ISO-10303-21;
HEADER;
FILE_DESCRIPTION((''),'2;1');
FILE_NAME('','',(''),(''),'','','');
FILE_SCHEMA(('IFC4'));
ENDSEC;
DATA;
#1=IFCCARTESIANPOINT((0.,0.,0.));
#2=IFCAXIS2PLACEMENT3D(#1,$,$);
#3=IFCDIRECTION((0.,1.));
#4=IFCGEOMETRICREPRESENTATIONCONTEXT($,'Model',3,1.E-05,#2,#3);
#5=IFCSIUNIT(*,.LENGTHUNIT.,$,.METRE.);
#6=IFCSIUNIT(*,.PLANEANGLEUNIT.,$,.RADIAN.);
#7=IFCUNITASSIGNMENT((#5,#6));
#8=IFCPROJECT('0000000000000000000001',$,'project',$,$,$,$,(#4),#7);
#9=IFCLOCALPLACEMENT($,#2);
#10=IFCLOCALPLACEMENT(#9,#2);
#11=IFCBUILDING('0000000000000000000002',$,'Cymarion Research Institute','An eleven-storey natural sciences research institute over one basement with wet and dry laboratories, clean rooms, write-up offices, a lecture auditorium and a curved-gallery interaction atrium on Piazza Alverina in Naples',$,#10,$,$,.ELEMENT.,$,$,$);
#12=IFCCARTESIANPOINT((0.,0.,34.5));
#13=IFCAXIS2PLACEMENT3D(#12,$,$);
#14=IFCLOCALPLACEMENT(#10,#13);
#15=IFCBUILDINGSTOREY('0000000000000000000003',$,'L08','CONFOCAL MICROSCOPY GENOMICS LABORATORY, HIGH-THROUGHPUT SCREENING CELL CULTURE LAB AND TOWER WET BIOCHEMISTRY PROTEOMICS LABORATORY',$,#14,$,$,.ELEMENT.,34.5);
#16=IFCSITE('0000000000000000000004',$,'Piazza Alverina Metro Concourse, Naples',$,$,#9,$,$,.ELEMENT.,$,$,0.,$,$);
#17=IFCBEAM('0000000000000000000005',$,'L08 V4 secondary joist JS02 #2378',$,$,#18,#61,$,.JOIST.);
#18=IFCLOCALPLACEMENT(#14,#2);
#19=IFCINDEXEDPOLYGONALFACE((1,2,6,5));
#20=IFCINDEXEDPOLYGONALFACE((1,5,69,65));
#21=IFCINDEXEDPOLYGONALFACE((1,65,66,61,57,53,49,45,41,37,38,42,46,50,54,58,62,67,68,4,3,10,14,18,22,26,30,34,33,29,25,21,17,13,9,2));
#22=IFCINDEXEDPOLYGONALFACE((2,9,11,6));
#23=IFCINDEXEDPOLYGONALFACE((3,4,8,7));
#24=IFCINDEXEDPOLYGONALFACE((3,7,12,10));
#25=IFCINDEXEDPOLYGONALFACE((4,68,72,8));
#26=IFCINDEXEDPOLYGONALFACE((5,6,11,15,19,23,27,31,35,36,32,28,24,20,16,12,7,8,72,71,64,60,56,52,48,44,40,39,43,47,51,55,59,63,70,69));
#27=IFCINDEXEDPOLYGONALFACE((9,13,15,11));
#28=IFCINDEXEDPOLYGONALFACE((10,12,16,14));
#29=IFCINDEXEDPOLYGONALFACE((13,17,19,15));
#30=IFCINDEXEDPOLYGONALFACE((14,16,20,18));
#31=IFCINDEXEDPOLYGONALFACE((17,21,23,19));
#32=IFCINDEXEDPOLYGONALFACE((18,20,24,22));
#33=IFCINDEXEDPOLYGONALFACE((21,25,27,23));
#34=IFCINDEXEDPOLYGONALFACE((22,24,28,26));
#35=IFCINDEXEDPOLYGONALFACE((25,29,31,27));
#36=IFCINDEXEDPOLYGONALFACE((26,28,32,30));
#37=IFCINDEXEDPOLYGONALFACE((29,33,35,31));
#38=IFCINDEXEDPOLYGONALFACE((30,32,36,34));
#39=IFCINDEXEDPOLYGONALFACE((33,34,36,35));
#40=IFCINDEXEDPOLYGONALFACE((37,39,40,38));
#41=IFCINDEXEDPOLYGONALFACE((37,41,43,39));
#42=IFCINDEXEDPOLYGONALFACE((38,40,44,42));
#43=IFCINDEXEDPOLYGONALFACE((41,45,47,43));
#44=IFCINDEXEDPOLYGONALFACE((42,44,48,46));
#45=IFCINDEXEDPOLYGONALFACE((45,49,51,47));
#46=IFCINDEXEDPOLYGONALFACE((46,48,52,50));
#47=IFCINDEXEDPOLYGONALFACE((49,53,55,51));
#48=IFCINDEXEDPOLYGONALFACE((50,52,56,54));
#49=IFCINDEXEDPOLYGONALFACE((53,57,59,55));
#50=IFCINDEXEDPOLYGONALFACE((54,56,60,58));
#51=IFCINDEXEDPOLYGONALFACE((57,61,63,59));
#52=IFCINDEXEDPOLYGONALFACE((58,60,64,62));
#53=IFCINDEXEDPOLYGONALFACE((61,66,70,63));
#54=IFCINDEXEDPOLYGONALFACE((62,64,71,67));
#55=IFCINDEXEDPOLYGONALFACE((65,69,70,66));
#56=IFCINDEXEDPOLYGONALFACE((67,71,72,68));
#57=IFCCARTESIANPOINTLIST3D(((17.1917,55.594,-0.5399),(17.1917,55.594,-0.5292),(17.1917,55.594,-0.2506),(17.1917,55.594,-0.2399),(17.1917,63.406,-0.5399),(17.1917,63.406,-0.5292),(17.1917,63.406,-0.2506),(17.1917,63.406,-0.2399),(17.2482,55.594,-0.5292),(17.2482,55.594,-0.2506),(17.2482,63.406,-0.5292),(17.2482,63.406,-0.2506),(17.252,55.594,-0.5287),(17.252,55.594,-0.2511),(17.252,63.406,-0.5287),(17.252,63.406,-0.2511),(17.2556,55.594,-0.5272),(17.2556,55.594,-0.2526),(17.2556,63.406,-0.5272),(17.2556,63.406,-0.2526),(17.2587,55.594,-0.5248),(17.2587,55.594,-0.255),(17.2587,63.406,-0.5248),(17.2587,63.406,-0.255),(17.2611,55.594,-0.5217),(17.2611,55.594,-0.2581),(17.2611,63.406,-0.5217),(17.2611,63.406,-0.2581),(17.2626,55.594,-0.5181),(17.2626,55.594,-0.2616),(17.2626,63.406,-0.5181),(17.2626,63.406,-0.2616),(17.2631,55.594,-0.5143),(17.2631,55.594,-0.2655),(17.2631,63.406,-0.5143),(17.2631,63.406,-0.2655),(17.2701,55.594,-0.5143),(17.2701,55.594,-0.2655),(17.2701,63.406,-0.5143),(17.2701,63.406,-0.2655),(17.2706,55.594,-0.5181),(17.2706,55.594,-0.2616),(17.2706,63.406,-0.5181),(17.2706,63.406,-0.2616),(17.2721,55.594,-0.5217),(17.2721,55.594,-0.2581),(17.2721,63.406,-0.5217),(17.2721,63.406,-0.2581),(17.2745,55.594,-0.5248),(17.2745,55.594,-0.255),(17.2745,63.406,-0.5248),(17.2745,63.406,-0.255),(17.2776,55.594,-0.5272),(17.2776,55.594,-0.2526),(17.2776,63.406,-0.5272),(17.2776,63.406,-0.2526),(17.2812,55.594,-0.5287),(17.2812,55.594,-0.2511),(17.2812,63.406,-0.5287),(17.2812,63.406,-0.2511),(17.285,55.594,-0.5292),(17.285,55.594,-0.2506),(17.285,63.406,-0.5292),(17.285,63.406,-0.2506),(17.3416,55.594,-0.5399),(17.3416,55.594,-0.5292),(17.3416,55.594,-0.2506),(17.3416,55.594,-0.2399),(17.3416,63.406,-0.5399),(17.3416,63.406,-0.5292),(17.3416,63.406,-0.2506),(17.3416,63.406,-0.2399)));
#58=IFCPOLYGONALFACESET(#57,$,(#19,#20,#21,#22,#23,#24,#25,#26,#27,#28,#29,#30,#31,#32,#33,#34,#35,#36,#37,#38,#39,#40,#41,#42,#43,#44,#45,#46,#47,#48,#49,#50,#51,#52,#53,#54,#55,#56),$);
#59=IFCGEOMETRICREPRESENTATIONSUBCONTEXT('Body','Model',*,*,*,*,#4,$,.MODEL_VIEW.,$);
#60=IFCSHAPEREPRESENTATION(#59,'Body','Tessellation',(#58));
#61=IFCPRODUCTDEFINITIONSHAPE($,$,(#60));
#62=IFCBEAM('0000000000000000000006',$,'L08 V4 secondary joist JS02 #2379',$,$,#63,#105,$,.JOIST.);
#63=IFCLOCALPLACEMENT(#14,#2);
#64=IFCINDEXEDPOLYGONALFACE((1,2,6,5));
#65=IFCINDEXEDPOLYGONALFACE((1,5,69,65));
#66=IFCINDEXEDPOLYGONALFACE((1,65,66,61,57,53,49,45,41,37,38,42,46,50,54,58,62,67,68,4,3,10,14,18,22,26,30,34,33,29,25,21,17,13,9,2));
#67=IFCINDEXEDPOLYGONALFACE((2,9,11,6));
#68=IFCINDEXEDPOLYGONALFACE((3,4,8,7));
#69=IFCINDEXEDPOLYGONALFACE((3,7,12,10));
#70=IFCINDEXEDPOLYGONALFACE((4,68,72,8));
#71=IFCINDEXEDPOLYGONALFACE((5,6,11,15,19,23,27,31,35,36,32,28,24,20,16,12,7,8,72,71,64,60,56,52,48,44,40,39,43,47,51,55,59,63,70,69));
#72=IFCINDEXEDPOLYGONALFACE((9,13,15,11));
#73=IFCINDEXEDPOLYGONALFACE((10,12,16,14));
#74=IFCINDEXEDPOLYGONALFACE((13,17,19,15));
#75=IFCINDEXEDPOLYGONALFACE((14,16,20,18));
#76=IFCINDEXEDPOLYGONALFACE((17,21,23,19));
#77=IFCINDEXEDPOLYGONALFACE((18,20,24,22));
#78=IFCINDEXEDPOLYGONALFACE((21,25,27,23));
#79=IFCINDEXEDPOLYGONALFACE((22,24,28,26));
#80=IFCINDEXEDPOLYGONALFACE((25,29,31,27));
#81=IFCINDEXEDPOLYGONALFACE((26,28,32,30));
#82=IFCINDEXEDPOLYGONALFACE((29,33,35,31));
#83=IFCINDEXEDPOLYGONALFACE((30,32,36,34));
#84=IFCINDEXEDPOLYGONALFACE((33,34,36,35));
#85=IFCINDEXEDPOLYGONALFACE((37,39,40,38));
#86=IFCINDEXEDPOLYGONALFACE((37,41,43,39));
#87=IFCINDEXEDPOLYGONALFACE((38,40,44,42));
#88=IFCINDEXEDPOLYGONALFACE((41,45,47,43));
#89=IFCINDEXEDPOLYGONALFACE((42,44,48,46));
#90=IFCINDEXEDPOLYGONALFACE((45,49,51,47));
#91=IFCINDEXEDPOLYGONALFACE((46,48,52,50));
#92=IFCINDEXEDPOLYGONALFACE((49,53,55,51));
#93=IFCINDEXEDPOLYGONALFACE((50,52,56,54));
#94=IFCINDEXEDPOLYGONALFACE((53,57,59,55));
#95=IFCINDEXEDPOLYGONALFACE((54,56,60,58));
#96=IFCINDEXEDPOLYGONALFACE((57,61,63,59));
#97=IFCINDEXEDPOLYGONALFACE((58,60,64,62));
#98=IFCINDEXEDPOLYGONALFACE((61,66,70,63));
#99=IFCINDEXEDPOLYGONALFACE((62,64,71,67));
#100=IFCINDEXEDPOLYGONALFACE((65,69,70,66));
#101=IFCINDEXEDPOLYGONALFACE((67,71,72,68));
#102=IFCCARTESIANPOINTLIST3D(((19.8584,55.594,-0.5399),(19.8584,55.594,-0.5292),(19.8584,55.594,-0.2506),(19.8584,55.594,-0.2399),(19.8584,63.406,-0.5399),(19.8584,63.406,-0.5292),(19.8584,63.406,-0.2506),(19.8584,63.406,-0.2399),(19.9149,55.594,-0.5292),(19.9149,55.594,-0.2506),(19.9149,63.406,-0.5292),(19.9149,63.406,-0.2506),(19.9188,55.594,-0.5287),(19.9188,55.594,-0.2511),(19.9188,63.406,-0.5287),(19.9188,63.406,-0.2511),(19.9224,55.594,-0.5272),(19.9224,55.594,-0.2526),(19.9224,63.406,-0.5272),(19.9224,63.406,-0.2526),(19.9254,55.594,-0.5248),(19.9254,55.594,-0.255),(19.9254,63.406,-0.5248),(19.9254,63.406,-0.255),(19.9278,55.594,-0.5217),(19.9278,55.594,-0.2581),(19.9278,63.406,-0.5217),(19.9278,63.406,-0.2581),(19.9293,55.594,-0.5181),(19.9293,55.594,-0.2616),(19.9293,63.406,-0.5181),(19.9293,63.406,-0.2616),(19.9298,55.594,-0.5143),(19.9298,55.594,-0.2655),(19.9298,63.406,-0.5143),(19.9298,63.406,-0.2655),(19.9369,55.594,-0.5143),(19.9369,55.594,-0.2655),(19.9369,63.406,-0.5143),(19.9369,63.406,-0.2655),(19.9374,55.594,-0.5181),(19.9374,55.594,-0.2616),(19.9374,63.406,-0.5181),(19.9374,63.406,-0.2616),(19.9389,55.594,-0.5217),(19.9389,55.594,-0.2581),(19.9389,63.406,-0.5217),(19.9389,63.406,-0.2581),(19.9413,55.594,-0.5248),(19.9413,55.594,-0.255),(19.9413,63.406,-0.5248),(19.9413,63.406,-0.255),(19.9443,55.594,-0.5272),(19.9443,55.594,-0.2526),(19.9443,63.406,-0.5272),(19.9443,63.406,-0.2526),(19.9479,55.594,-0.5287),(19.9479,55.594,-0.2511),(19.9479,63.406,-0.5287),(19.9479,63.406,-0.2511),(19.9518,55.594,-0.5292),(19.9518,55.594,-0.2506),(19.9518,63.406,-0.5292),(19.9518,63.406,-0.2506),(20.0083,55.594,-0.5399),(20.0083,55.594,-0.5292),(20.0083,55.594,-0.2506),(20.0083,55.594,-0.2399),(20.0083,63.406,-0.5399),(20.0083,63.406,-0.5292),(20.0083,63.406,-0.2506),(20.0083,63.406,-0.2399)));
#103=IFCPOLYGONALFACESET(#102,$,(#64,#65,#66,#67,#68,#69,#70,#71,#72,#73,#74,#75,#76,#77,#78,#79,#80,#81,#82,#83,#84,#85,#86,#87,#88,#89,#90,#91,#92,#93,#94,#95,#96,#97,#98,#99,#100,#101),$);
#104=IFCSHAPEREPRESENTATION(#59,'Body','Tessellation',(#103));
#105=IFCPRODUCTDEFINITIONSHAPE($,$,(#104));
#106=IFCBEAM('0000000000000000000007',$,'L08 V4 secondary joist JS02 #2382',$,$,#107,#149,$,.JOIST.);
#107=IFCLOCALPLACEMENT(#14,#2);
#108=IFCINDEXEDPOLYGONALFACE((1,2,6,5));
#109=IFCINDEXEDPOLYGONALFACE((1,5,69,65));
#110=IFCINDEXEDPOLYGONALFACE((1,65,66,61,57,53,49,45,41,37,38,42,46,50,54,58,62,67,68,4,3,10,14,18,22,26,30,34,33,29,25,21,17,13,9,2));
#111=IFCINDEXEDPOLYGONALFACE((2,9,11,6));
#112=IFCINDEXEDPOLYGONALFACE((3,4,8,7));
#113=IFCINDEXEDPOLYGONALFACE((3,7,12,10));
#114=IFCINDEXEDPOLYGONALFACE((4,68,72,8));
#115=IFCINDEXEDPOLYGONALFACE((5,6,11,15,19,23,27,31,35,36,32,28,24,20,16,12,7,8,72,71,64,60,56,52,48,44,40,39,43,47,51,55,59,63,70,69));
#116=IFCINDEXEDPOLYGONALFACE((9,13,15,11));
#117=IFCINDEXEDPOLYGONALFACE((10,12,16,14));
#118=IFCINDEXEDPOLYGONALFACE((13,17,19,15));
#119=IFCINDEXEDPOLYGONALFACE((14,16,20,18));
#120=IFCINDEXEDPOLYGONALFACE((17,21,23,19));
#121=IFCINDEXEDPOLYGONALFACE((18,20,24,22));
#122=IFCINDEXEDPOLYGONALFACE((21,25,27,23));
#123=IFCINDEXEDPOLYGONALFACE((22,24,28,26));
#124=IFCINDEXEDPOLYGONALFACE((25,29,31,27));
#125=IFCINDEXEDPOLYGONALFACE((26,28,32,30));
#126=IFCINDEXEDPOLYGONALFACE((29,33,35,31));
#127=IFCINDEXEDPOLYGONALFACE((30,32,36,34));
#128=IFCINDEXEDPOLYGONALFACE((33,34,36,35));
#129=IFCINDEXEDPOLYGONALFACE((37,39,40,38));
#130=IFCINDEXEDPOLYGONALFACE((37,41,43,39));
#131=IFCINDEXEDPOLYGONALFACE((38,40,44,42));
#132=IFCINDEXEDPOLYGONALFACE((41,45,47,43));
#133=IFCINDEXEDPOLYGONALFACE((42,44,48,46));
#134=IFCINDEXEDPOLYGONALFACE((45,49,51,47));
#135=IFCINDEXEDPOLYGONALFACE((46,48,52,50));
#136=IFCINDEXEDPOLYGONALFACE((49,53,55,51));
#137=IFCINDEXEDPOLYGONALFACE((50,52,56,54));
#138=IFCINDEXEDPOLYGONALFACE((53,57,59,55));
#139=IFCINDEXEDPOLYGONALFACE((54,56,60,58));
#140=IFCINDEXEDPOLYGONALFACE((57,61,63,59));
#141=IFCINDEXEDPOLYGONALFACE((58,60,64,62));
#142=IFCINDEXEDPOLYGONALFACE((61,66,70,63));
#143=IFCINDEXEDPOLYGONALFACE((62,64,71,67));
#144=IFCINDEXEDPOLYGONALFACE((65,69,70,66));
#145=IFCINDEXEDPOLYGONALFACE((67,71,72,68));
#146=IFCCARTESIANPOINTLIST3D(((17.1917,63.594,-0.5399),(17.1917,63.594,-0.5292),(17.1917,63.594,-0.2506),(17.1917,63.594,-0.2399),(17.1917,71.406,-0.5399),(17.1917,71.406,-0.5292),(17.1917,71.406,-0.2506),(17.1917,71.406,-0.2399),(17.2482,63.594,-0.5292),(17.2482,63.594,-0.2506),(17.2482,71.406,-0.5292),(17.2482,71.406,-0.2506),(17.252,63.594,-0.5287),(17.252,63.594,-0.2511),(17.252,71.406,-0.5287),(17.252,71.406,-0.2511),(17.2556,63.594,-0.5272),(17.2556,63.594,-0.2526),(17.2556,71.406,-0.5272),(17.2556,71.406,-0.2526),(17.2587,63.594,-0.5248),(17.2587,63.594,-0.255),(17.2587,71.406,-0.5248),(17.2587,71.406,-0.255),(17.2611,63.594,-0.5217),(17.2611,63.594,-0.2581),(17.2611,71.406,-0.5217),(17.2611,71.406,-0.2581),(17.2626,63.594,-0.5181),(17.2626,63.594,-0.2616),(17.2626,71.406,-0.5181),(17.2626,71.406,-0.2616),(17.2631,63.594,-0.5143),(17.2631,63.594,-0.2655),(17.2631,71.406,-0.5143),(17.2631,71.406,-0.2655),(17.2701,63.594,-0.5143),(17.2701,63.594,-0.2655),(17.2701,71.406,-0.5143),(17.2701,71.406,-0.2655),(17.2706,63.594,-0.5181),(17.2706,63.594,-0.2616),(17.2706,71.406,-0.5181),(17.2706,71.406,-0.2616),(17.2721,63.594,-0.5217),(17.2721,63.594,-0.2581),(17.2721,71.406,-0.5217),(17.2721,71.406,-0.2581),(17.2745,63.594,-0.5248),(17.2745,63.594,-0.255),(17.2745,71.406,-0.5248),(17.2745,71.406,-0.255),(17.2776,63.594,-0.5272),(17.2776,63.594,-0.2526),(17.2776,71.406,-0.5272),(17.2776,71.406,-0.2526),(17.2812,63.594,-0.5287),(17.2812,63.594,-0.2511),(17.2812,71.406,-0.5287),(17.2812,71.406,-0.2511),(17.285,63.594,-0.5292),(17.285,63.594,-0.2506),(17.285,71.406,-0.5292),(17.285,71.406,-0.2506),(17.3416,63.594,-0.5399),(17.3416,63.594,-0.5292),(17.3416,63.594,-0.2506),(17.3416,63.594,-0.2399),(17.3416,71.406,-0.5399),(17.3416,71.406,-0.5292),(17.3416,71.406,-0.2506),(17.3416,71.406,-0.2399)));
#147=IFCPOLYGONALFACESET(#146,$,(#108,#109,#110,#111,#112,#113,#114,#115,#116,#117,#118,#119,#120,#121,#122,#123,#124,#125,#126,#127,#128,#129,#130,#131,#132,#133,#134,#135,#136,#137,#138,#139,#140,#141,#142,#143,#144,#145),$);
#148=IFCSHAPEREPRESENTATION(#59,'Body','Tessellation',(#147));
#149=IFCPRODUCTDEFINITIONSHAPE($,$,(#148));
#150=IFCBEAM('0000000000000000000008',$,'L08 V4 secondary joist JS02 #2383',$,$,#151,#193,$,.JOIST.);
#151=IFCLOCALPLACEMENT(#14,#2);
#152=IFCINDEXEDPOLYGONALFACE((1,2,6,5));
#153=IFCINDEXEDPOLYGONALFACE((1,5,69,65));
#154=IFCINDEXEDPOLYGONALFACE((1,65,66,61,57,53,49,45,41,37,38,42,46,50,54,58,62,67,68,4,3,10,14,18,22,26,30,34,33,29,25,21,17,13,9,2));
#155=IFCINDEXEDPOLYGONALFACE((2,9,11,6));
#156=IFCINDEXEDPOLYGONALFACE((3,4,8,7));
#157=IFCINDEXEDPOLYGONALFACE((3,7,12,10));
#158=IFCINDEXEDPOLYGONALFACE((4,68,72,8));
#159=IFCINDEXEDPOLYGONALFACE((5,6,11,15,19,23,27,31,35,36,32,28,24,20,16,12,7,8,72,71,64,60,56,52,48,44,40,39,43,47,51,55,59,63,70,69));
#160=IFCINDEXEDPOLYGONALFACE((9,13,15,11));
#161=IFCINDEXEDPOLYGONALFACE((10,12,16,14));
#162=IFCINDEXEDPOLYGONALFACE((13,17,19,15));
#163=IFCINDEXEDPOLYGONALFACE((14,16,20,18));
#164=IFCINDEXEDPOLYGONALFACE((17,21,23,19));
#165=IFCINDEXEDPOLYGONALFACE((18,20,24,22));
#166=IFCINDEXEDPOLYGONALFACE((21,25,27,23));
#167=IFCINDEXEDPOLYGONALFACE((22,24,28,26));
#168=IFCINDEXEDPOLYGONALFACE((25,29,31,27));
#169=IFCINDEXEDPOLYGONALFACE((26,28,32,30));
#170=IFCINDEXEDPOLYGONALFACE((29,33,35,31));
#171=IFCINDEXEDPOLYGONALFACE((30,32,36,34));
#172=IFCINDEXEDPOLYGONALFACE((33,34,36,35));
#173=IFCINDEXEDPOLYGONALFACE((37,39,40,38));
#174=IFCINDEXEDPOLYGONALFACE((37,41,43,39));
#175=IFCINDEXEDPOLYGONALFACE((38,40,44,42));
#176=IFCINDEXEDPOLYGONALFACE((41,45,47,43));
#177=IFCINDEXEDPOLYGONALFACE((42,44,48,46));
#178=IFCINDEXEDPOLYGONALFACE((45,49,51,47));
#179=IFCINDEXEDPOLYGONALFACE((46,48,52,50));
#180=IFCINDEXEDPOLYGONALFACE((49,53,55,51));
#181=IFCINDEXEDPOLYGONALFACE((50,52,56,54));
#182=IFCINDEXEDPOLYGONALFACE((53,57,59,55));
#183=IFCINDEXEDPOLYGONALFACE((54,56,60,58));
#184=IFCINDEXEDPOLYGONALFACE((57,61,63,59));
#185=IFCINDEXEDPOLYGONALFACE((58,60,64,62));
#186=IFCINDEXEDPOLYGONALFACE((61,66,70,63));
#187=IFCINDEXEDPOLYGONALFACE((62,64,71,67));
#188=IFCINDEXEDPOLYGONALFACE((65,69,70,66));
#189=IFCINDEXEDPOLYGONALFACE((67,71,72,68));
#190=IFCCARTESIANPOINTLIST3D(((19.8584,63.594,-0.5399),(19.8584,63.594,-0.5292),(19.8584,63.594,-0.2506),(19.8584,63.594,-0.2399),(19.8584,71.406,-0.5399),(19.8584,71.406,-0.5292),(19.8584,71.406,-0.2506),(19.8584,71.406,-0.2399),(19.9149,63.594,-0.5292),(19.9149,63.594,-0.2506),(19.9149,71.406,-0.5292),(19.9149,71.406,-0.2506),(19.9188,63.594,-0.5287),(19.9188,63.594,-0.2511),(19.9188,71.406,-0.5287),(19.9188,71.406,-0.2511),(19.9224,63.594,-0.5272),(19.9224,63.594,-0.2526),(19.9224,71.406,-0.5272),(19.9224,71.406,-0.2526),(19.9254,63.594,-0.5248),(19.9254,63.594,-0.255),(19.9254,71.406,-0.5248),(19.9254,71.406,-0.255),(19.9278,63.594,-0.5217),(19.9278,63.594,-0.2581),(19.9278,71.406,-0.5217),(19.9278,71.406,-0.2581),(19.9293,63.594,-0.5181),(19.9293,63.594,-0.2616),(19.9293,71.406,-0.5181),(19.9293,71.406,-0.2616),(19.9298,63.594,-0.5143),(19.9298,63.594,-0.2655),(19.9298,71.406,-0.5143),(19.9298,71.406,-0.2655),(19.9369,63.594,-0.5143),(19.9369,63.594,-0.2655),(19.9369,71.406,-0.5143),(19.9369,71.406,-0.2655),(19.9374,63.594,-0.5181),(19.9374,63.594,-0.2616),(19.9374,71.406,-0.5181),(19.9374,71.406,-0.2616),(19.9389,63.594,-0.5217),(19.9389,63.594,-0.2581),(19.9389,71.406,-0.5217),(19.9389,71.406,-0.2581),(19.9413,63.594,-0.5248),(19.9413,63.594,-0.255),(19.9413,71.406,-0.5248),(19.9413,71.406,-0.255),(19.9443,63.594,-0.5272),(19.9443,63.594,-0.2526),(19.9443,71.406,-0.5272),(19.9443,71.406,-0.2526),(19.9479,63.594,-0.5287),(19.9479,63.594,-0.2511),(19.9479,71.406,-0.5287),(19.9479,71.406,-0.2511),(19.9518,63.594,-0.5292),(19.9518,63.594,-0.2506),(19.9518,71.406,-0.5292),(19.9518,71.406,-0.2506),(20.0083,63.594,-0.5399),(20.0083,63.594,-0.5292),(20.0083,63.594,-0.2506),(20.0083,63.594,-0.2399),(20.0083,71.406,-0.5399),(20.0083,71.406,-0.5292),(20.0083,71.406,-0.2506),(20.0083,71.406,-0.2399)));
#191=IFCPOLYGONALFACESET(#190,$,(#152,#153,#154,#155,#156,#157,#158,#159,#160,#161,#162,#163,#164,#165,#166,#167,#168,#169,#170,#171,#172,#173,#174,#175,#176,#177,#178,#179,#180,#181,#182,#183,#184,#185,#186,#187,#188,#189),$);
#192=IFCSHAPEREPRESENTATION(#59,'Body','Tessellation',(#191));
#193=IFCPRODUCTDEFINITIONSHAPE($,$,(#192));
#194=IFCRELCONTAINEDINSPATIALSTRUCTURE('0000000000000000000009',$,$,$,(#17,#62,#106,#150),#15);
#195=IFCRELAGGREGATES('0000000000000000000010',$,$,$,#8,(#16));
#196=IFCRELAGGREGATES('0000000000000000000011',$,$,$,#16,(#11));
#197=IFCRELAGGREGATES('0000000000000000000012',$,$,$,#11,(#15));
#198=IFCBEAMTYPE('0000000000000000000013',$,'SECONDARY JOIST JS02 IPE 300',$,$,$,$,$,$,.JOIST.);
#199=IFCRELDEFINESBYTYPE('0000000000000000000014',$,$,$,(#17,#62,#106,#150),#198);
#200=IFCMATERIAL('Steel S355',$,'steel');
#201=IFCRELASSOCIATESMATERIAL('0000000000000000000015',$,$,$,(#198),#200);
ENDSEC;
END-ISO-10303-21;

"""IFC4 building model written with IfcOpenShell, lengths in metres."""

from ifc_helpers import new_model, si_unit, direction, frame, origin, origin_2d, place, context, subcontext, project, spatial, i_section, extrude, material, material_profile, profile_set, type_object, element, save


model = new_model("IFC4")

# Units and contexts
model_context = context("Model", 3, precision=1e-05, world=origin(), true_north=direction((0.0, 1.0)))
body_context = subcontext(model_context, "Body", "Model", "MODEL_VIEW")
ifc_project = project(units=[si_unit("LENGTHUNIT", "METRE"), si_unit("PLANEANGLEUNIT", "RADIAN")], contexts=[model_context])

# Site, building, storey
site_placement = place(None, origin())
site = spatial("IfcSite", under=ifc_project, at=site_placement, Name="Piazza Alverina Metro Concourse, Naples", CompositionType="ELEMENT", RefElevation=0.0)
building_placement = place(site_placement, origin())
building = spatial("IfcBuilding", under=site, at=building_placement, Name="Cymarion Research Institute", Description="An eleven-storey natural sciences research institute over one basement with wet and dry laboratories, clean rooms, write-up offices, a lecture auditorium and a curved-gallery interaction atrium on Piazza Alverina in Naples", CompositionType="ELEMENT")
storey_placement = place(building_placement, frame((0.0, 0.0, 34.5)))
storey = spatial("IfcBuildingStorey", under=building, at=storey_placement, Name="L08", Description="CONFOCAL MICROSCOPY GENOMICS LABORATORY, HIGH-THROUGHPUT SCREENING CELL CULTURE LAB AND TOWER WET BIOCHEMISTRY PROTEOMICS LABORATORY", CompositionType="ELEMENT", Elevation=34.5)

# Beams
ifc_material_1 = material(Name="Steel S355", Category="steel")
ifc_material_profile_1 = material_profile(ifc_material_1, i_section(OverallWidth=0.1499, OverallDepth=0.3, WebThickness=0.0071, FlangeThickness=0.0107, FilletRadius=0.0149, at=origin_2d()), Name="IPE 300")
ifc_profile_set_1 = profile_set([ifc_material_profile_1], Name="Steel S355")
beam_type_1 = type_object("IfcBeamType", Name="SECONDARY JOIST JS02 IPE 300", PredefinedType="JOIST", material=ifc_profile_set_1)
for number, where, z_axis, x_axis, name in (
    (1, (17.2666, 55.594, -0.3899), (0.0, 1.0, 0.0), (-1.0, 0.0, 0.0), "L08 V4 secondary joist JS02 #2378"),
    (2, (19.9333, 55.594, -0.3899), (0.0, 1.0, 0.0), (-1.0, 0.0, 0.0), "L08 V4 secondary joist JS02 #2379"),
    (3, (17.2666, 63.594, -0.3899), (0.0, 1.0, 0.0), (-1.0, 0.0, 0.0), "L08 V4 secondary joist JS02 #2382"),
    (4, (19.9333, 63.594, -0.3899), (0.0, 1.0, 0.0), (-1.0, 0.0, 0.0), "L08 V4 secondary joist JS02 #2383"),
):
    element("IfcBeam", number, at=place(storey_placement, frame(where, z_axis=z_axis, x_axis=x_axis)), inside=storey, type_object=beam_type_1, Name=name, PredefinedType="JOIST", context=body_context, shape_type="SweptSolid", body=[
        extrude(i_section(OverallWidth=0.1499, OverallDepth=0.3, WebThickness=0.0071, FlangeThickness=0.0107, FilletRadius=0.0149, at=origin_2d()), origin(), (0.0, 0.0, 1.0), 7.812),
    ])

save(model, "model.ifc")
